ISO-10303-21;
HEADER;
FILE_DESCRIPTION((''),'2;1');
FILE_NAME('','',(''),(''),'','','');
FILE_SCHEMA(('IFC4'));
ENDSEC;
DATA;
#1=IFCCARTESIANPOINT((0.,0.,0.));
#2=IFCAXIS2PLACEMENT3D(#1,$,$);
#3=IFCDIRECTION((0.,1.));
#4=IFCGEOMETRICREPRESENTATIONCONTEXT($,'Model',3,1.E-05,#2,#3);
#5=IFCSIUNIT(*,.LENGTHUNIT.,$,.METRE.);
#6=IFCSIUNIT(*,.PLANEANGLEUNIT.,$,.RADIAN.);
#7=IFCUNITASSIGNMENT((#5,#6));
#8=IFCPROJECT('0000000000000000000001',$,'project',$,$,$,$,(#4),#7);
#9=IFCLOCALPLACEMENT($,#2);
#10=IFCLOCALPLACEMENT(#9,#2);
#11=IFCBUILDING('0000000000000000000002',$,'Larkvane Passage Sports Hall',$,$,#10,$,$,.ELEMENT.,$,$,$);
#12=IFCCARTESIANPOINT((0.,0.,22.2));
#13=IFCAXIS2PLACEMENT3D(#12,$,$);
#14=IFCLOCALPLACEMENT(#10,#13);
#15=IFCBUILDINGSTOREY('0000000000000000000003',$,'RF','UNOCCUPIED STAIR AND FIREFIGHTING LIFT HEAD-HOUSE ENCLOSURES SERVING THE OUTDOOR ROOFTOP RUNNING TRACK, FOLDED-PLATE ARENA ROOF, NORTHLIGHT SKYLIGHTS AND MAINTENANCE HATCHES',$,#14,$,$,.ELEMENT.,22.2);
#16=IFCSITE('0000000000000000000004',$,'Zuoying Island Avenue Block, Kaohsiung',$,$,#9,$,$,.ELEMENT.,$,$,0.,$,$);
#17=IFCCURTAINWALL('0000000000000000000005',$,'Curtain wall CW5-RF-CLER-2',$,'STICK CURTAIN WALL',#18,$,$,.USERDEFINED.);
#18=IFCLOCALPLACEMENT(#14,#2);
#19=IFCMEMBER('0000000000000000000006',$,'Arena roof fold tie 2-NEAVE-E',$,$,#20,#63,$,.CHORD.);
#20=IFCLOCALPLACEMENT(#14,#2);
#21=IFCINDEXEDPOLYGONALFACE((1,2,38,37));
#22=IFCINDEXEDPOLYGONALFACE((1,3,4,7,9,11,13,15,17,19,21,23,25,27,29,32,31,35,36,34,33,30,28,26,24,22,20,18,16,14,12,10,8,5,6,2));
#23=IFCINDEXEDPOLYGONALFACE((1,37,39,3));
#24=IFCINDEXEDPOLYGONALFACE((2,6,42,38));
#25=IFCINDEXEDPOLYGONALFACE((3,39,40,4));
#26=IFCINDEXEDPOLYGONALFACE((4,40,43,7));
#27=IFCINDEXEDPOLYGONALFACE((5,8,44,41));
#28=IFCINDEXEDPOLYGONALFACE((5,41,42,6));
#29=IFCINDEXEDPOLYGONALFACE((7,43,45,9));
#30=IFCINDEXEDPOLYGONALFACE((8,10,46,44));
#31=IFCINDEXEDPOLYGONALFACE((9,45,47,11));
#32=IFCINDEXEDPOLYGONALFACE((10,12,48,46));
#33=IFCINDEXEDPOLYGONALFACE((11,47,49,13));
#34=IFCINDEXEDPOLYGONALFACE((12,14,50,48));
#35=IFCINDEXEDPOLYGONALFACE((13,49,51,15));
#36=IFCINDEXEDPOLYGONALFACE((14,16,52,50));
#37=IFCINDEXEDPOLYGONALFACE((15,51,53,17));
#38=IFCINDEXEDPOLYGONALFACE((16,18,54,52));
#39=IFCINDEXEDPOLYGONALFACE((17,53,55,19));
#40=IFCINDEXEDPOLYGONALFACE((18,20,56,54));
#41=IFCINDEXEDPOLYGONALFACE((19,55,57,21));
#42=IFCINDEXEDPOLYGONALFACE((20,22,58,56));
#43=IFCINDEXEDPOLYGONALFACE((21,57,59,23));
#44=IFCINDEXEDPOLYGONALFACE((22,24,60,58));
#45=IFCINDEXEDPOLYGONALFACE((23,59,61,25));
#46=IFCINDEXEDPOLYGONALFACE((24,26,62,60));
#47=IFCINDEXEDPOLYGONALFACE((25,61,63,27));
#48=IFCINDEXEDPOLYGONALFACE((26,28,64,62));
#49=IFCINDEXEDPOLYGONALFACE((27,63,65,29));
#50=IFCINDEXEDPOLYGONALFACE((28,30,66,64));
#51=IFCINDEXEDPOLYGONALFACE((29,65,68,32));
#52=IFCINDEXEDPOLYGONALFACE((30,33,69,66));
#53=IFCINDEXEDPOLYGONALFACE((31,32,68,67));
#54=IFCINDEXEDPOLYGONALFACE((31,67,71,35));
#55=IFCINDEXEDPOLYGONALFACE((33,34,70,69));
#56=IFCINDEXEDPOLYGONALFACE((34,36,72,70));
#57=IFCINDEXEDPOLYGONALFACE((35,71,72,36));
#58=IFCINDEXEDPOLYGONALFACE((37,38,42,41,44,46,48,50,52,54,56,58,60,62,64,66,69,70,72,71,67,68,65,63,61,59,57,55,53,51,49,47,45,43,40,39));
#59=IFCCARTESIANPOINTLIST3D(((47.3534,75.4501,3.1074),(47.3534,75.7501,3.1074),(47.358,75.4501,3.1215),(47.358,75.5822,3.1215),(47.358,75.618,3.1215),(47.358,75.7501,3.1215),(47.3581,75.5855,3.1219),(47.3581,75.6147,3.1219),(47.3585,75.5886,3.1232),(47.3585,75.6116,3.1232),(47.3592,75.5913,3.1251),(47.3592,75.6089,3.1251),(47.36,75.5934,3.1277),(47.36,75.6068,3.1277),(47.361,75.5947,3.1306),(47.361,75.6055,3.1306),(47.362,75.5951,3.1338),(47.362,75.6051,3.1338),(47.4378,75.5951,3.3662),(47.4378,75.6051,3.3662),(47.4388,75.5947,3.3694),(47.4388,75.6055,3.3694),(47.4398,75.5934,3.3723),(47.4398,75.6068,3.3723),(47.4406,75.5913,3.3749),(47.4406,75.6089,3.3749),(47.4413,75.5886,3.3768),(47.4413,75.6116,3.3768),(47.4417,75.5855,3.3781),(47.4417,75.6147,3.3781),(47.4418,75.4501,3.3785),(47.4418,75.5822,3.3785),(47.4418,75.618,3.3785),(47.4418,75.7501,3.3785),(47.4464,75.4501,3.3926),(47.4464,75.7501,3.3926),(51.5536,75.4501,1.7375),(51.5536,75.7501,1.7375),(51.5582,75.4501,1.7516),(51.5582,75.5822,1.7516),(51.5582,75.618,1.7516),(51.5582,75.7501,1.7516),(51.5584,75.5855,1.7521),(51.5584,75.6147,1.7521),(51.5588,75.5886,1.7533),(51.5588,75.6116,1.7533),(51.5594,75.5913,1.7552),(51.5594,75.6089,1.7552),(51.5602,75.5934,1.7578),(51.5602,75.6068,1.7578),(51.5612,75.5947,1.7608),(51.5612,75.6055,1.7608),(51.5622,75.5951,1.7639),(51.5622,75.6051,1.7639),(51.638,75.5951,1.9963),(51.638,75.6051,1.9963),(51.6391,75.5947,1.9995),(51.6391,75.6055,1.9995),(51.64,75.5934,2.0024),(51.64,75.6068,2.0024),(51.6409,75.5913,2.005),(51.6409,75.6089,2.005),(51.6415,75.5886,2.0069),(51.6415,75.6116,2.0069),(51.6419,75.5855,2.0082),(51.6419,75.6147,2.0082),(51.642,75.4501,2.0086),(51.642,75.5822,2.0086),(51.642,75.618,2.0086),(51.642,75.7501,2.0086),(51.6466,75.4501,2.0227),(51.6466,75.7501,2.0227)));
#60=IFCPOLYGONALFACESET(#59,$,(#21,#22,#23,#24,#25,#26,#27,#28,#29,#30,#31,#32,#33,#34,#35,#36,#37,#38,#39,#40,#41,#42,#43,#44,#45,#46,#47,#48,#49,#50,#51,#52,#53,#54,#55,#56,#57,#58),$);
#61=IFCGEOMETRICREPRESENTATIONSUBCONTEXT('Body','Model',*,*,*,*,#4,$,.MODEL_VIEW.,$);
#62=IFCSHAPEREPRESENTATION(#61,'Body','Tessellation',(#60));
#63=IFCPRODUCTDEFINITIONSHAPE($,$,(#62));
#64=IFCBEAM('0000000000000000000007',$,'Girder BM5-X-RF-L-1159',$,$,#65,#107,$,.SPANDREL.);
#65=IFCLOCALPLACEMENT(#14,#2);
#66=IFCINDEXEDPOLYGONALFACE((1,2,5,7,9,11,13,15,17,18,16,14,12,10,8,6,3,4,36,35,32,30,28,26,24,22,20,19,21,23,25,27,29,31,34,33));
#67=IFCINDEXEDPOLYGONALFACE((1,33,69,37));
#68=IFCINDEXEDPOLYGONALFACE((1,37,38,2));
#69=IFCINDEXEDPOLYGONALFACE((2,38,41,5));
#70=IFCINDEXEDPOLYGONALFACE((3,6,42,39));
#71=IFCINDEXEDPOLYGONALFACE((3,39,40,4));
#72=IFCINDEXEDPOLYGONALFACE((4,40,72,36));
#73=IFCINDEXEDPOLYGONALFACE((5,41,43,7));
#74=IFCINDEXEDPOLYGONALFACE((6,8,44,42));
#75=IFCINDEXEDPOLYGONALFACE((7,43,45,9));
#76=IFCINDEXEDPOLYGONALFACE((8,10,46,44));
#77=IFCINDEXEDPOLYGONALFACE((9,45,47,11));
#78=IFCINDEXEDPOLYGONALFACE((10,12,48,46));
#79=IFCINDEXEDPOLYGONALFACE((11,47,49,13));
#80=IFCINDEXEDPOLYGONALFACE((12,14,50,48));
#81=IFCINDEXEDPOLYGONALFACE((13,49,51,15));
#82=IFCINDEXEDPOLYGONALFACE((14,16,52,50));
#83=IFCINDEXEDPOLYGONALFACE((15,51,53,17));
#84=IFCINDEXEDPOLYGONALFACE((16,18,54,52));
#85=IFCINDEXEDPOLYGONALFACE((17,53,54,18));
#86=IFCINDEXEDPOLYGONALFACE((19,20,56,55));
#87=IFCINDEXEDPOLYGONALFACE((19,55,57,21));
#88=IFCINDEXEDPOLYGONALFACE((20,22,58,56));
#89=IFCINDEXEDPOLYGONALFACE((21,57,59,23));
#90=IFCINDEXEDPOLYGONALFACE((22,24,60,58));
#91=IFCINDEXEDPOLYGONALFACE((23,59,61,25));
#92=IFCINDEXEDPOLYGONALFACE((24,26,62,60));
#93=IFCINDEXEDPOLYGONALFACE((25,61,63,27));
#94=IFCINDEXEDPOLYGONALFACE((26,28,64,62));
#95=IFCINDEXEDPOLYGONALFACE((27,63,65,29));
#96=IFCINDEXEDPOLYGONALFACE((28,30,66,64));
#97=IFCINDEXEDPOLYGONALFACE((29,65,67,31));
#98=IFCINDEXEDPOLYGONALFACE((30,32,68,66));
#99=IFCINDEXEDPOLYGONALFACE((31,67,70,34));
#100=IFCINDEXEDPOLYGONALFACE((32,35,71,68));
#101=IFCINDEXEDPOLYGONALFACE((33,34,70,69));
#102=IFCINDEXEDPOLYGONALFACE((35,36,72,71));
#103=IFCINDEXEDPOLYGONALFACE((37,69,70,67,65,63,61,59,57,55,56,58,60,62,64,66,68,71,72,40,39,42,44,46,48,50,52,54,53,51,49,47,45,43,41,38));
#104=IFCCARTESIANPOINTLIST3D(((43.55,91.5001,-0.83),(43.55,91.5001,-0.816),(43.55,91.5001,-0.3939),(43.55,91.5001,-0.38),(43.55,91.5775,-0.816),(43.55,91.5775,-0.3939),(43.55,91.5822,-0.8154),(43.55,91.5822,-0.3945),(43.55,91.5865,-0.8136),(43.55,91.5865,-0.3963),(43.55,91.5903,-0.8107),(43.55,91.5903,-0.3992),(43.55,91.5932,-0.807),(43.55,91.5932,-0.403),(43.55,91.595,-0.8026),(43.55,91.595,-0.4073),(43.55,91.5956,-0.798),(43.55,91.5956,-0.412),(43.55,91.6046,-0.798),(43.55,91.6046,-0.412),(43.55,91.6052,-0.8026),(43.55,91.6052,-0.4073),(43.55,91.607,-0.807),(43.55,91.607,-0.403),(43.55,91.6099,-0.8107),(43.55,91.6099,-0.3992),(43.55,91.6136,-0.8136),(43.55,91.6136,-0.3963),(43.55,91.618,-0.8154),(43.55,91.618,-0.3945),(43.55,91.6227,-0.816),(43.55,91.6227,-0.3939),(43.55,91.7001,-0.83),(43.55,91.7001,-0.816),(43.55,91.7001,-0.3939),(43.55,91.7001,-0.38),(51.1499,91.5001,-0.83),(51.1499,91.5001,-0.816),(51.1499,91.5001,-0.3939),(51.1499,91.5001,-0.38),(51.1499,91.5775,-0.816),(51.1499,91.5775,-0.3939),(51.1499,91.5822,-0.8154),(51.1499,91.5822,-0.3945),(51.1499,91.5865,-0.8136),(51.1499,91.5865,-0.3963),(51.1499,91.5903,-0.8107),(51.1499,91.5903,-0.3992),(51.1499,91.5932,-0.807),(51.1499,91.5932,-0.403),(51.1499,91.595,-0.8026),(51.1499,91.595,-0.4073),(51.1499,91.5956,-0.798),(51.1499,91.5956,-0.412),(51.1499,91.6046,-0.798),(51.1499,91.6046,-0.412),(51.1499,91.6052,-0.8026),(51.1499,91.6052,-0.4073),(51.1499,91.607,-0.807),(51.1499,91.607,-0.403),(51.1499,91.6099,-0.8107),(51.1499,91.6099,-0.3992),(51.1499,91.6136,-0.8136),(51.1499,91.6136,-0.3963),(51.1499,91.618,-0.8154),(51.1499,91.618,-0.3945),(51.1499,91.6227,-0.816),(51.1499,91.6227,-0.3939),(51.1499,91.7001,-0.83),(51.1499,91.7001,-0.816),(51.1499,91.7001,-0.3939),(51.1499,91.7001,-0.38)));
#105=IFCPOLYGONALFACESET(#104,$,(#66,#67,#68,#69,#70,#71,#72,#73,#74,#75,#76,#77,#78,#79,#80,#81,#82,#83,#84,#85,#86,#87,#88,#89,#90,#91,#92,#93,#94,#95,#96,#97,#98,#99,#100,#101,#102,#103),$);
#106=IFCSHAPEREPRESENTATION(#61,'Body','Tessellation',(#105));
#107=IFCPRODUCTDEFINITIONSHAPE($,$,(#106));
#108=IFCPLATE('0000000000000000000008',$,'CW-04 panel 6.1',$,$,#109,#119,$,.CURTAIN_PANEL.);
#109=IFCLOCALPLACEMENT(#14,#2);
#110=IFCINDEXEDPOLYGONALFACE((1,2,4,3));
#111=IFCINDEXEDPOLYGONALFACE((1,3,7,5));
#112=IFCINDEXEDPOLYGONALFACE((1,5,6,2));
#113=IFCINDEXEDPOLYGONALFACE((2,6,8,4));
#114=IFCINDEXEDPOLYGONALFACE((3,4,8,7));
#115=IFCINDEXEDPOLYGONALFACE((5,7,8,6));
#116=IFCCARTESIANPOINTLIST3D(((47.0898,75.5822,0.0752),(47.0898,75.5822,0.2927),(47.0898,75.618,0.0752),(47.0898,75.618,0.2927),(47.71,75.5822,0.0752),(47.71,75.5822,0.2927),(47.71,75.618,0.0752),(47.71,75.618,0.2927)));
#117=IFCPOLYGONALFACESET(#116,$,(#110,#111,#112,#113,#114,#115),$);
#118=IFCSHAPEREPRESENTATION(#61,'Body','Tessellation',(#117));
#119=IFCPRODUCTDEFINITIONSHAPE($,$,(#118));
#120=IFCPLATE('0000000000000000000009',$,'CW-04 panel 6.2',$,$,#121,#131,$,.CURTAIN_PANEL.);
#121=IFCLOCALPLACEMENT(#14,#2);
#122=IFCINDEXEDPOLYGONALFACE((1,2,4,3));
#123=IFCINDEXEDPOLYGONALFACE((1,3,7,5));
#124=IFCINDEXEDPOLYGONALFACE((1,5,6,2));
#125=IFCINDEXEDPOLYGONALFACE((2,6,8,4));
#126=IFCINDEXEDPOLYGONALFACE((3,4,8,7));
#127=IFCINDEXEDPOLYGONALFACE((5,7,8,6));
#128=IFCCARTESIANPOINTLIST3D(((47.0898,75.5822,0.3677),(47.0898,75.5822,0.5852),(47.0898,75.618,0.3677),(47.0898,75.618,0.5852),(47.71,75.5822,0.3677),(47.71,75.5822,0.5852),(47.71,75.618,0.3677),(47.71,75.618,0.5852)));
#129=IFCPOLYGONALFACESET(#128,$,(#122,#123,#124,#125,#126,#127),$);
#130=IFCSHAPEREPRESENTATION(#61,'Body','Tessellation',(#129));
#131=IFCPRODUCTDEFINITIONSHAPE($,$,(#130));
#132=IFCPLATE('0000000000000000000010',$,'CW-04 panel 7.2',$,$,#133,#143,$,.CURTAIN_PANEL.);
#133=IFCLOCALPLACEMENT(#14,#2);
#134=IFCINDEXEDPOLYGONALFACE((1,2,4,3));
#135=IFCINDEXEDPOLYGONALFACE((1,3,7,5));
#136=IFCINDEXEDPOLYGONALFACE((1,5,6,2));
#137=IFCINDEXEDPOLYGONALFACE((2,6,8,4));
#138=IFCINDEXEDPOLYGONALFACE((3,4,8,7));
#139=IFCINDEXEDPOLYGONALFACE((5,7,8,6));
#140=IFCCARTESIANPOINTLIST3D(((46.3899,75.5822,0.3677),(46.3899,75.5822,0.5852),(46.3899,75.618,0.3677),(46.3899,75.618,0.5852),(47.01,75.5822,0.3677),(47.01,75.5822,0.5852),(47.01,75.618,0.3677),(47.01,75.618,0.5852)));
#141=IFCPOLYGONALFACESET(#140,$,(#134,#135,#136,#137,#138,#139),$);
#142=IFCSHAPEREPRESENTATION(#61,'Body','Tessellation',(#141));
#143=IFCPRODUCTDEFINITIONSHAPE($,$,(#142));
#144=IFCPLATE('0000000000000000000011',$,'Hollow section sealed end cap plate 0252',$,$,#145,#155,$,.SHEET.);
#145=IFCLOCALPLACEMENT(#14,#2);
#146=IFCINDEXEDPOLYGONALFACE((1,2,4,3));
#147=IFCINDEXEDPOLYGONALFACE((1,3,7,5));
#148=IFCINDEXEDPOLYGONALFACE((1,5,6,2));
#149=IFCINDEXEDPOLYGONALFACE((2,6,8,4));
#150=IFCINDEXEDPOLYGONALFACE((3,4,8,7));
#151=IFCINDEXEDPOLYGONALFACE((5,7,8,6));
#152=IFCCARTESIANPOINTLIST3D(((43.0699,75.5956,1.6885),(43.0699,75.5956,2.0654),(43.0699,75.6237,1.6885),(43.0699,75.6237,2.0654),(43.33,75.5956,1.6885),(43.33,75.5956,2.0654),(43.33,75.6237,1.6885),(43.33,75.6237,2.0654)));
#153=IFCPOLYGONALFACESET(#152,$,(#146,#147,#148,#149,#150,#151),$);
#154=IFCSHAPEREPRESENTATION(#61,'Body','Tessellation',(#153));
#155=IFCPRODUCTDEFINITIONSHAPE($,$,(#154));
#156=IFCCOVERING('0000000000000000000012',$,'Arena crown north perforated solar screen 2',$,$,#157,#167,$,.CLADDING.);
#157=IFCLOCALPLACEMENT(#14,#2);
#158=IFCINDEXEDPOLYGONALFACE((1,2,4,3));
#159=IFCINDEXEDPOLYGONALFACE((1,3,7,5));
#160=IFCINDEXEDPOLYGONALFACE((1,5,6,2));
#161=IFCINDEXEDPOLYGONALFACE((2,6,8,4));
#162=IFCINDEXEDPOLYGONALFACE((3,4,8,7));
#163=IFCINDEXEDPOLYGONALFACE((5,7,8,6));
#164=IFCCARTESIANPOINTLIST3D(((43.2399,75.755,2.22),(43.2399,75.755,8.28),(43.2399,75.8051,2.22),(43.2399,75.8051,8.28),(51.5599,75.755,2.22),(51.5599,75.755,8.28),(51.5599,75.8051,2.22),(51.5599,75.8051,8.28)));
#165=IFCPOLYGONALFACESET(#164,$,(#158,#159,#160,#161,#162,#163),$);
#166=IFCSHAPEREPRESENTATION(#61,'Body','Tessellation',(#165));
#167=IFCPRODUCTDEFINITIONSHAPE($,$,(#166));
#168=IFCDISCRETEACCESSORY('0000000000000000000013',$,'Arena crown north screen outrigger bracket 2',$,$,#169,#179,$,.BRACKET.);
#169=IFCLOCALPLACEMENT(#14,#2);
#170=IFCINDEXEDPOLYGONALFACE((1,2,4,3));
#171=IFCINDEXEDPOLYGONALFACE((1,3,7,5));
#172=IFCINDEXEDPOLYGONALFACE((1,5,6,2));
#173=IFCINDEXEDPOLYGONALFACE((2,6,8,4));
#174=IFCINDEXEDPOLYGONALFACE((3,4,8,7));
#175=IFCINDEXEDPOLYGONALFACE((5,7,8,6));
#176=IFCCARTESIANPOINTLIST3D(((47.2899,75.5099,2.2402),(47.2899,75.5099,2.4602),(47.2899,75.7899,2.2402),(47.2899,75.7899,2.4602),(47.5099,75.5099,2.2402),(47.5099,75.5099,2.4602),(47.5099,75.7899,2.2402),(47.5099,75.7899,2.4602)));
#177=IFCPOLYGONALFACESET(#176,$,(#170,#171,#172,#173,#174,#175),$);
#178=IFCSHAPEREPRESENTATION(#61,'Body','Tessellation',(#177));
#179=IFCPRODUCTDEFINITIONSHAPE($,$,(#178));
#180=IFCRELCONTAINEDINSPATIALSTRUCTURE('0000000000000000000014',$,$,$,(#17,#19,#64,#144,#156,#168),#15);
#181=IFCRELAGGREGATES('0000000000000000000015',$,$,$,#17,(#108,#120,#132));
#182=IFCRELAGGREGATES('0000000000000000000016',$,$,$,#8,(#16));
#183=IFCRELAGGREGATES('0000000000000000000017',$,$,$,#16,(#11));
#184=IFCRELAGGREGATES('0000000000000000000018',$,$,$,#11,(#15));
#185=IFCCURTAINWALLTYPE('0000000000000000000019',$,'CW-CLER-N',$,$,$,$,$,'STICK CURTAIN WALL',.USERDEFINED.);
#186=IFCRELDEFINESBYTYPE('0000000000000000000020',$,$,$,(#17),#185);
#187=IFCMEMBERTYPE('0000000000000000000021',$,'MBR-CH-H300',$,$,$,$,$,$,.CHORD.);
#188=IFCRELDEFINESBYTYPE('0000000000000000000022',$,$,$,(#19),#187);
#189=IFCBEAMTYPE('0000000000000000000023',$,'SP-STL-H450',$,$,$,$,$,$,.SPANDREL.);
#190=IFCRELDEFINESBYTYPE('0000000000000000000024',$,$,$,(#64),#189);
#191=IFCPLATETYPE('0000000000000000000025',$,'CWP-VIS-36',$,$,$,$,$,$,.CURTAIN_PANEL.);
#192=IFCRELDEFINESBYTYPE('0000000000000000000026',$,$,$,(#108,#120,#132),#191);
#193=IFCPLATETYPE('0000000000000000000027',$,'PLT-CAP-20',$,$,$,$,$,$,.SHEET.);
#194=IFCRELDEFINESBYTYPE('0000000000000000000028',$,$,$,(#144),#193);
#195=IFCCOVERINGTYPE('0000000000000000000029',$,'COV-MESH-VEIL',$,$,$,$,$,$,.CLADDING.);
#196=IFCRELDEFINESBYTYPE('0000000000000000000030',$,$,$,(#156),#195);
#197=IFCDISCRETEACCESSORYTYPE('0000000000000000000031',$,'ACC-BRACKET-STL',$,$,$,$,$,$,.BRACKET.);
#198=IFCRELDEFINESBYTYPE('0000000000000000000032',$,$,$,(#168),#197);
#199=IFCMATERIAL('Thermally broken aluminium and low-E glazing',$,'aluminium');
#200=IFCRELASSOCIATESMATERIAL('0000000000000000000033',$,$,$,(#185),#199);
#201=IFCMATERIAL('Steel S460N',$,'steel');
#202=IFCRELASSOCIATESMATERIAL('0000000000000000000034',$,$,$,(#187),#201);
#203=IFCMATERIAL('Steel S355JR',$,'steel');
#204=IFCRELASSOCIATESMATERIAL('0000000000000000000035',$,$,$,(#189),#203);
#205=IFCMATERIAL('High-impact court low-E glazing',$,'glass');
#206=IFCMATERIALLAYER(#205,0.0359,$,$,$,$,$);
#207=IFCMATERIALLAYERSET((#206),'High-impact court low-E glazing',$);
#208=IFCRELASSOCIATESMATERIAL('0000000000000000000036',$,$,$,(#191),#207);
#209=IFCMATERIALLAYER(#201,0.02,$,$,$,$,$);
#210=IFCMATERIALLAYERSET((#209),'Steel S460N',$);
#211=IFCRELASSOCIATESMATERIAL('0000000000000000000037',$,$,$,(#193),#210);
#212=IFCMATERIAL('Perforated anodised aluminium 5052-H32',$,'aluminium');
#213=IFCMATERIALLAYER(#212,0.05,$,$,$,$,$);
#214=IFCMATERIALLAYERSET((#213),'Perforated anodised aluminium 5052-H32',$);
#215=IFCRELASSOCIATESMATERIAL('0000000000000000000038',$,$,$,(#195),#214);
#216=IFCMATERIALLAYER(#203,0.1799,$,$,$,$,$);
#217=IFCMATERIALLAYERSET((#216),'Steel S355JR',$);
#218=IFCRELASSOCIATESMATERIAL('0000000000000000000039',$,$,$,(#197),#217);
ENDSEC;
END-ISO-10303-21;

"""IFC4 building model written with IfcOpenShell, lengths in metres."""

from ifc_helpers import new_model, si_unit, direction, frame, origin, origin_2d, place, context, subcontext, project, spatial, rectangle, i_section, extrude, material, layer, layer_set, material_profile, profile_set, type_object, element, aggregate, save


model = new_model("IFC4")

# Units and contexts
model_context = context("Model", 3, precision=1e-05, world=origin(), true_north=direction((0.0, 1.0)))
body_context = subcontext(model_context, "Body", "Model", "MODEL_VIEW")
ifc_project = project(units=[si_unit("LENGTHUNIT", "METRE"), si_unit("PLANEANGLEUNIT", "RADIAN")], contexts=[model_context])

# Site, building, storey
site_placement = place(None, origin())
site = spatial("IfcSite", under=ifc_project, at=site_placement, Name="Zuoying Island Avenue Block, Kaohsiung", CompositionType="ELEMENT", RefElevation=0.0)
building_placement = place(site_placement, origin())
building = spatial("IfcBuilding", under=site, at=building_placement, Name="Larkvane Passage Sports Hall", CompositionType="ELEMENT")
storey_placement = place(building_placement, frame((0.0, 0.0, 22.2)))
storey = spatial("IfcBuildingStorey", under=building, at=storey_placement, Name="RF", Description="UNOCCUPIED STAIR AND FIREFIGHTING LIFT HEAD-HOUSE ENCLOSURES SERVING THE OUTDOOR ROOFTOP RUNNING TRACK, FOLDED-PLATE ARENA ROOF, NORTHLIGHT SKYLIGHTS AND MAINTENANCE HATCHES", CompositionType="ELEMENT", Elevation=22.2)

# Shared definitions
ifc_material_1 = material(Name="Steel S460N", Category="steel")

# Curtain wall
ifc_material_2 = material(Name="Thermally broken aluminium and low-E glazing", Category="aluminium")
curtain_wall_type = type_object("IfcCurtainWallType", Name="CW-CLER-N", ElementType="STICK CURTAIN WALL", PredefinedType="USERDEFINED", material=ifc_material_2)
curtain_wall_placement = place(storey_placement, origin())
curtain_wall = element("IfcCurtainWall", 1, at=curtain_wall_placement, inside=storey, type_object=curtain_wall_type, Name="Curtain wall CW5-RF-CLER-2", ObjectType="STICK CURTAIN WALL", PredefinedType="USERDEFINED")

# Shared definitions
ifc_material_3 = material(Name="Steel S355JR", Category="steel")

# Member
ifc_material_profile_1 = material_profile(ifc_material_1, i_section(OverallWidth=0.3, OverallDepth=0.3, WebThickness=0.01, FlangeThickness=0.0149, FilletRadius=0.0129, at=origin_2d()), Name="H-300x300x10x15")
ifc_profile_set_1 = profile_set([ifc_material_profile_1], Name="Steel S460N")
member_type_1 = type_object("IfcMemberType", Name="MBR-CH-H300", PredefinedType="CHORD", material=ifc_profile_set_1)
member_1_placement = place(storey_placement, frame((47.3999, 75.6001, 3.25), z_axis=(0.950714, 0.0, -0.310071), x_axis=(0.0, 1.0, 0.0)))
element("IfcMember", 2, at=member_1_placement, inside=storey, type_object=member_type_1, Name="Arena roof fold tie 2-NEAVE-E", PredefinedType="CHORD", context=body_context, shape_type="SweptSolid", body=[
    extrude(i_section(OverallWidth=0.3, OverallDepth=0.3, WebThickness=0.01, FlangeThickness=0.0149, FilletRadius=0.0129, at=origin_2d()), origin(), (0.0, 0.0, 1.0), 4.418),
])

# Beam
ifc_material_profile_2 = material_profile(ifc_material_3, i_section(OverallWidth=0.2, OverallDepth=0.45, WebThickness=0.009, FlangeThickness=0.0139, FilletRadius=0.0181, at=origin_2d()), Name="H-450x200x9x14")
ifc_profile_set_2 = profile_set([ifc_material_profile_2], Name="Steel S355JR")
beam_type_1 = type_object("IfcBeamType", Name="SP-STL-H450", PredefinedType="SPANDREL", material=ifc_profile_set_2)
beam_1_placement = place(storey_placement, frame((43.55, 91.6001, -0.605), z_axis=(1.0, 0.0, 0.0), x_axis=(0.0, 1.0, 0.0)))
element("IfcBeam", 3, at=beam_1_placement, inside=storey, type_object=beam_type_1, Name="Girder BM5-X-RF-L-1159", PredefinedType="SPANDREL", context=body_context, shape_type="SweptSolid", body=[
    extrude(i_section(OverallWidth=0.2, OverallDepth=0.45, WebThickness=0.009, FlangeThickness=0.0139, FilletRadius=0.0181, at=origin_2d()), origin(), (0.0, 0.0, 1.0), 7.5999),
])

# Plates
ifc_material_4 = material(Name="High-impact court low-E glazing", Category="glass")
ifc_layer_1 = layer(ifc_material_4, 0.0359)
ifc_layer_set_1 = layer_set([ifc_layer_1], Name="High-impact court low-E glazing")
plate_type_1 = type_object("IfcPlateType", Name="CWP-VIS-36", PredefinedType="CURTAIN_PANEL", material=ifc_layer_set_1)
plate_1_placement = place(storey_placement, frame((47.3999, 75.6001, 0.0752), z_axis=(0.0, 0.0, 1.0), x_axis=(-1.0, 0.0, 0.0)))
plate_1 = element("IfcPlate", 4, at=plate_1_placement, type_object=plate_type_1, Name="CW-04 panel 6.1", PredefinedType="CURTAIN_PANEL", context=body_context, shape_type="SweptSolid", body=[
    extrude(rectangle(XDim=0.6201, YDim=0.0359, at=origin_2d()), origin(), (0.0, 0.0, 1.0), 0.2175),
])
plate_2_placement = place(storey_placement, frame((47.3999, 75.6001, 0.3677), z_axis=(0.0, 0.0, 1.0), x_axis=(-1.0, 0.0, 0.0)))
plate_2 = element("IfcPlate", 5, at=plate_2_placement, type_object=plate_type_1, Name="CW-04 panel 6.2", PredefinedType="CURTAIN_PANEL", context=body_context, shape_type="SweptSolid", body=[
    extrude(rectangle(XDim=0.6201, YDim=0.0359, at=origin_2d()), origin(), (0.0, 0.0, 1.0), 0.2175),
])
plate_3_placement = place(storey_placement, frame((46.7, 75.6001, 0.3677), z_axis=(0.0, 0.0, 1.0), x_axis=(-1.0, 0.0, 0.0)))
plate_3 = element("IfcPlate", 6, at=plate_3_placement, type_object=plate_type_1, Name="CW-04 panel 7.2", PredefinedType="CURTAIN_PANEL", context=body_context, shape_type="SweptSolid", body=[
    extrude(rectangle(XDim=0.6201, YDim=0.0359, at=origin_2d()), origin(), (0.0, 0.0, 1.0), 0.2175),
])
aggregate(curtain_wall, [plate_1, plate_2, plate_3])
ifc_layer_2 = layer(ifc_material_1, 0.02)
ifc_layer_set_2 = layer_set([ifc_layer_2], Name="Steel S460N")
plate_type_2 = type_object("IfcPlateType", Name="PLT-CAP-20", PredefinedType="SHEET", material=ifc_layer_set_2)
plate_4_placement = place(storey_placement, frame((43.2, 75.6096, 1.6885), z_axis=(0.0, 0.0, 1.0), x_axis=(-1.0, 0.0, 0.0)))
element("IfcPlate", 7, at=plate_4_placement, inside=storey, type_object=plate_type_2, Name="Hollow section sealed end cap plate 0252", PredefinedType="SHEET", context=body_context, shape_type="SweptSolid", body=[
    extrude(rectangle(XDim=0.26, YDim=0.0281, at=origin_2d()), origin(), (0.0, 0.0, 1.0), 0.377),
])

# Covering
ifc_material_5 = material(Name="Perforated anodised aluminium 5052-H32", Category="aluminium")
ifc_layer_3 = layer(ifc_material_5, 0.05)
ifc_layer_set_3 = layer_set([ifc_layer_3], Name="Perforated anodised aluminium 5052-H32")
covering_type = type_object("IfcCoveringType", Name="COV-MESH-VEIL", PredefinedType="CLADDING", material=ifc_layer_set_3)
covering_placement = place(storey_placement, frame((47.3999, 75.78, 2.22), z_axis=(0.0, 0.0, 1.0), x_axis=(1.0, 0.0, 0.0)))
element("IfcCovering", 8, at=covering_placement, inside=storey, type_object=covering_type, Name="Arena crown north perforated solar screen 2", PredefinedType="CLADDING", context=body_context, shape_type="SweptSolid", body=[
    extrude(rectangle(XDim=8.3201, YDim=0.05, at=origin_2d()), origin(), (0.0, 0.0, 1.0), 6.0601),
])

# Discrete accessory
ifc_layer_4 = layer(ifc_material_3, 0.1799)
ifc_layer_set_4 = layer_set([ifc_layer_4], Name="Steel S355JR")
discrete_accessory_type = type_object("IfcDiscreteAccessoryType", Name="ACC-BRACKET-STL", PredefinedType="BRACKET", material=ifc_layer_set_4)
discrete_accessory_placement = place(storey_placement, frame((47.3999, 75.6499, 2.2402), z_axis=(0.0, 0.0, 1.0), x_axis=(1.0, 0.0, 0.0)))
element("IfcDiscreteAccessory", 9, at=discrete_accessory_placement, inside=storey, type_object=discrete_accessory_type, Name="Arena crown north screen outrigger bracket 2", PredefinedType="BRACKET", context=body_context, shape_type="SweptSolid", body=[
    extrude(rectangle(XDim=0.22, YDim=0.28, at=origin_2d()), origin(), (0.0, 0.0, 1.0), 0.22),
])

save(model, "model.ifc")
